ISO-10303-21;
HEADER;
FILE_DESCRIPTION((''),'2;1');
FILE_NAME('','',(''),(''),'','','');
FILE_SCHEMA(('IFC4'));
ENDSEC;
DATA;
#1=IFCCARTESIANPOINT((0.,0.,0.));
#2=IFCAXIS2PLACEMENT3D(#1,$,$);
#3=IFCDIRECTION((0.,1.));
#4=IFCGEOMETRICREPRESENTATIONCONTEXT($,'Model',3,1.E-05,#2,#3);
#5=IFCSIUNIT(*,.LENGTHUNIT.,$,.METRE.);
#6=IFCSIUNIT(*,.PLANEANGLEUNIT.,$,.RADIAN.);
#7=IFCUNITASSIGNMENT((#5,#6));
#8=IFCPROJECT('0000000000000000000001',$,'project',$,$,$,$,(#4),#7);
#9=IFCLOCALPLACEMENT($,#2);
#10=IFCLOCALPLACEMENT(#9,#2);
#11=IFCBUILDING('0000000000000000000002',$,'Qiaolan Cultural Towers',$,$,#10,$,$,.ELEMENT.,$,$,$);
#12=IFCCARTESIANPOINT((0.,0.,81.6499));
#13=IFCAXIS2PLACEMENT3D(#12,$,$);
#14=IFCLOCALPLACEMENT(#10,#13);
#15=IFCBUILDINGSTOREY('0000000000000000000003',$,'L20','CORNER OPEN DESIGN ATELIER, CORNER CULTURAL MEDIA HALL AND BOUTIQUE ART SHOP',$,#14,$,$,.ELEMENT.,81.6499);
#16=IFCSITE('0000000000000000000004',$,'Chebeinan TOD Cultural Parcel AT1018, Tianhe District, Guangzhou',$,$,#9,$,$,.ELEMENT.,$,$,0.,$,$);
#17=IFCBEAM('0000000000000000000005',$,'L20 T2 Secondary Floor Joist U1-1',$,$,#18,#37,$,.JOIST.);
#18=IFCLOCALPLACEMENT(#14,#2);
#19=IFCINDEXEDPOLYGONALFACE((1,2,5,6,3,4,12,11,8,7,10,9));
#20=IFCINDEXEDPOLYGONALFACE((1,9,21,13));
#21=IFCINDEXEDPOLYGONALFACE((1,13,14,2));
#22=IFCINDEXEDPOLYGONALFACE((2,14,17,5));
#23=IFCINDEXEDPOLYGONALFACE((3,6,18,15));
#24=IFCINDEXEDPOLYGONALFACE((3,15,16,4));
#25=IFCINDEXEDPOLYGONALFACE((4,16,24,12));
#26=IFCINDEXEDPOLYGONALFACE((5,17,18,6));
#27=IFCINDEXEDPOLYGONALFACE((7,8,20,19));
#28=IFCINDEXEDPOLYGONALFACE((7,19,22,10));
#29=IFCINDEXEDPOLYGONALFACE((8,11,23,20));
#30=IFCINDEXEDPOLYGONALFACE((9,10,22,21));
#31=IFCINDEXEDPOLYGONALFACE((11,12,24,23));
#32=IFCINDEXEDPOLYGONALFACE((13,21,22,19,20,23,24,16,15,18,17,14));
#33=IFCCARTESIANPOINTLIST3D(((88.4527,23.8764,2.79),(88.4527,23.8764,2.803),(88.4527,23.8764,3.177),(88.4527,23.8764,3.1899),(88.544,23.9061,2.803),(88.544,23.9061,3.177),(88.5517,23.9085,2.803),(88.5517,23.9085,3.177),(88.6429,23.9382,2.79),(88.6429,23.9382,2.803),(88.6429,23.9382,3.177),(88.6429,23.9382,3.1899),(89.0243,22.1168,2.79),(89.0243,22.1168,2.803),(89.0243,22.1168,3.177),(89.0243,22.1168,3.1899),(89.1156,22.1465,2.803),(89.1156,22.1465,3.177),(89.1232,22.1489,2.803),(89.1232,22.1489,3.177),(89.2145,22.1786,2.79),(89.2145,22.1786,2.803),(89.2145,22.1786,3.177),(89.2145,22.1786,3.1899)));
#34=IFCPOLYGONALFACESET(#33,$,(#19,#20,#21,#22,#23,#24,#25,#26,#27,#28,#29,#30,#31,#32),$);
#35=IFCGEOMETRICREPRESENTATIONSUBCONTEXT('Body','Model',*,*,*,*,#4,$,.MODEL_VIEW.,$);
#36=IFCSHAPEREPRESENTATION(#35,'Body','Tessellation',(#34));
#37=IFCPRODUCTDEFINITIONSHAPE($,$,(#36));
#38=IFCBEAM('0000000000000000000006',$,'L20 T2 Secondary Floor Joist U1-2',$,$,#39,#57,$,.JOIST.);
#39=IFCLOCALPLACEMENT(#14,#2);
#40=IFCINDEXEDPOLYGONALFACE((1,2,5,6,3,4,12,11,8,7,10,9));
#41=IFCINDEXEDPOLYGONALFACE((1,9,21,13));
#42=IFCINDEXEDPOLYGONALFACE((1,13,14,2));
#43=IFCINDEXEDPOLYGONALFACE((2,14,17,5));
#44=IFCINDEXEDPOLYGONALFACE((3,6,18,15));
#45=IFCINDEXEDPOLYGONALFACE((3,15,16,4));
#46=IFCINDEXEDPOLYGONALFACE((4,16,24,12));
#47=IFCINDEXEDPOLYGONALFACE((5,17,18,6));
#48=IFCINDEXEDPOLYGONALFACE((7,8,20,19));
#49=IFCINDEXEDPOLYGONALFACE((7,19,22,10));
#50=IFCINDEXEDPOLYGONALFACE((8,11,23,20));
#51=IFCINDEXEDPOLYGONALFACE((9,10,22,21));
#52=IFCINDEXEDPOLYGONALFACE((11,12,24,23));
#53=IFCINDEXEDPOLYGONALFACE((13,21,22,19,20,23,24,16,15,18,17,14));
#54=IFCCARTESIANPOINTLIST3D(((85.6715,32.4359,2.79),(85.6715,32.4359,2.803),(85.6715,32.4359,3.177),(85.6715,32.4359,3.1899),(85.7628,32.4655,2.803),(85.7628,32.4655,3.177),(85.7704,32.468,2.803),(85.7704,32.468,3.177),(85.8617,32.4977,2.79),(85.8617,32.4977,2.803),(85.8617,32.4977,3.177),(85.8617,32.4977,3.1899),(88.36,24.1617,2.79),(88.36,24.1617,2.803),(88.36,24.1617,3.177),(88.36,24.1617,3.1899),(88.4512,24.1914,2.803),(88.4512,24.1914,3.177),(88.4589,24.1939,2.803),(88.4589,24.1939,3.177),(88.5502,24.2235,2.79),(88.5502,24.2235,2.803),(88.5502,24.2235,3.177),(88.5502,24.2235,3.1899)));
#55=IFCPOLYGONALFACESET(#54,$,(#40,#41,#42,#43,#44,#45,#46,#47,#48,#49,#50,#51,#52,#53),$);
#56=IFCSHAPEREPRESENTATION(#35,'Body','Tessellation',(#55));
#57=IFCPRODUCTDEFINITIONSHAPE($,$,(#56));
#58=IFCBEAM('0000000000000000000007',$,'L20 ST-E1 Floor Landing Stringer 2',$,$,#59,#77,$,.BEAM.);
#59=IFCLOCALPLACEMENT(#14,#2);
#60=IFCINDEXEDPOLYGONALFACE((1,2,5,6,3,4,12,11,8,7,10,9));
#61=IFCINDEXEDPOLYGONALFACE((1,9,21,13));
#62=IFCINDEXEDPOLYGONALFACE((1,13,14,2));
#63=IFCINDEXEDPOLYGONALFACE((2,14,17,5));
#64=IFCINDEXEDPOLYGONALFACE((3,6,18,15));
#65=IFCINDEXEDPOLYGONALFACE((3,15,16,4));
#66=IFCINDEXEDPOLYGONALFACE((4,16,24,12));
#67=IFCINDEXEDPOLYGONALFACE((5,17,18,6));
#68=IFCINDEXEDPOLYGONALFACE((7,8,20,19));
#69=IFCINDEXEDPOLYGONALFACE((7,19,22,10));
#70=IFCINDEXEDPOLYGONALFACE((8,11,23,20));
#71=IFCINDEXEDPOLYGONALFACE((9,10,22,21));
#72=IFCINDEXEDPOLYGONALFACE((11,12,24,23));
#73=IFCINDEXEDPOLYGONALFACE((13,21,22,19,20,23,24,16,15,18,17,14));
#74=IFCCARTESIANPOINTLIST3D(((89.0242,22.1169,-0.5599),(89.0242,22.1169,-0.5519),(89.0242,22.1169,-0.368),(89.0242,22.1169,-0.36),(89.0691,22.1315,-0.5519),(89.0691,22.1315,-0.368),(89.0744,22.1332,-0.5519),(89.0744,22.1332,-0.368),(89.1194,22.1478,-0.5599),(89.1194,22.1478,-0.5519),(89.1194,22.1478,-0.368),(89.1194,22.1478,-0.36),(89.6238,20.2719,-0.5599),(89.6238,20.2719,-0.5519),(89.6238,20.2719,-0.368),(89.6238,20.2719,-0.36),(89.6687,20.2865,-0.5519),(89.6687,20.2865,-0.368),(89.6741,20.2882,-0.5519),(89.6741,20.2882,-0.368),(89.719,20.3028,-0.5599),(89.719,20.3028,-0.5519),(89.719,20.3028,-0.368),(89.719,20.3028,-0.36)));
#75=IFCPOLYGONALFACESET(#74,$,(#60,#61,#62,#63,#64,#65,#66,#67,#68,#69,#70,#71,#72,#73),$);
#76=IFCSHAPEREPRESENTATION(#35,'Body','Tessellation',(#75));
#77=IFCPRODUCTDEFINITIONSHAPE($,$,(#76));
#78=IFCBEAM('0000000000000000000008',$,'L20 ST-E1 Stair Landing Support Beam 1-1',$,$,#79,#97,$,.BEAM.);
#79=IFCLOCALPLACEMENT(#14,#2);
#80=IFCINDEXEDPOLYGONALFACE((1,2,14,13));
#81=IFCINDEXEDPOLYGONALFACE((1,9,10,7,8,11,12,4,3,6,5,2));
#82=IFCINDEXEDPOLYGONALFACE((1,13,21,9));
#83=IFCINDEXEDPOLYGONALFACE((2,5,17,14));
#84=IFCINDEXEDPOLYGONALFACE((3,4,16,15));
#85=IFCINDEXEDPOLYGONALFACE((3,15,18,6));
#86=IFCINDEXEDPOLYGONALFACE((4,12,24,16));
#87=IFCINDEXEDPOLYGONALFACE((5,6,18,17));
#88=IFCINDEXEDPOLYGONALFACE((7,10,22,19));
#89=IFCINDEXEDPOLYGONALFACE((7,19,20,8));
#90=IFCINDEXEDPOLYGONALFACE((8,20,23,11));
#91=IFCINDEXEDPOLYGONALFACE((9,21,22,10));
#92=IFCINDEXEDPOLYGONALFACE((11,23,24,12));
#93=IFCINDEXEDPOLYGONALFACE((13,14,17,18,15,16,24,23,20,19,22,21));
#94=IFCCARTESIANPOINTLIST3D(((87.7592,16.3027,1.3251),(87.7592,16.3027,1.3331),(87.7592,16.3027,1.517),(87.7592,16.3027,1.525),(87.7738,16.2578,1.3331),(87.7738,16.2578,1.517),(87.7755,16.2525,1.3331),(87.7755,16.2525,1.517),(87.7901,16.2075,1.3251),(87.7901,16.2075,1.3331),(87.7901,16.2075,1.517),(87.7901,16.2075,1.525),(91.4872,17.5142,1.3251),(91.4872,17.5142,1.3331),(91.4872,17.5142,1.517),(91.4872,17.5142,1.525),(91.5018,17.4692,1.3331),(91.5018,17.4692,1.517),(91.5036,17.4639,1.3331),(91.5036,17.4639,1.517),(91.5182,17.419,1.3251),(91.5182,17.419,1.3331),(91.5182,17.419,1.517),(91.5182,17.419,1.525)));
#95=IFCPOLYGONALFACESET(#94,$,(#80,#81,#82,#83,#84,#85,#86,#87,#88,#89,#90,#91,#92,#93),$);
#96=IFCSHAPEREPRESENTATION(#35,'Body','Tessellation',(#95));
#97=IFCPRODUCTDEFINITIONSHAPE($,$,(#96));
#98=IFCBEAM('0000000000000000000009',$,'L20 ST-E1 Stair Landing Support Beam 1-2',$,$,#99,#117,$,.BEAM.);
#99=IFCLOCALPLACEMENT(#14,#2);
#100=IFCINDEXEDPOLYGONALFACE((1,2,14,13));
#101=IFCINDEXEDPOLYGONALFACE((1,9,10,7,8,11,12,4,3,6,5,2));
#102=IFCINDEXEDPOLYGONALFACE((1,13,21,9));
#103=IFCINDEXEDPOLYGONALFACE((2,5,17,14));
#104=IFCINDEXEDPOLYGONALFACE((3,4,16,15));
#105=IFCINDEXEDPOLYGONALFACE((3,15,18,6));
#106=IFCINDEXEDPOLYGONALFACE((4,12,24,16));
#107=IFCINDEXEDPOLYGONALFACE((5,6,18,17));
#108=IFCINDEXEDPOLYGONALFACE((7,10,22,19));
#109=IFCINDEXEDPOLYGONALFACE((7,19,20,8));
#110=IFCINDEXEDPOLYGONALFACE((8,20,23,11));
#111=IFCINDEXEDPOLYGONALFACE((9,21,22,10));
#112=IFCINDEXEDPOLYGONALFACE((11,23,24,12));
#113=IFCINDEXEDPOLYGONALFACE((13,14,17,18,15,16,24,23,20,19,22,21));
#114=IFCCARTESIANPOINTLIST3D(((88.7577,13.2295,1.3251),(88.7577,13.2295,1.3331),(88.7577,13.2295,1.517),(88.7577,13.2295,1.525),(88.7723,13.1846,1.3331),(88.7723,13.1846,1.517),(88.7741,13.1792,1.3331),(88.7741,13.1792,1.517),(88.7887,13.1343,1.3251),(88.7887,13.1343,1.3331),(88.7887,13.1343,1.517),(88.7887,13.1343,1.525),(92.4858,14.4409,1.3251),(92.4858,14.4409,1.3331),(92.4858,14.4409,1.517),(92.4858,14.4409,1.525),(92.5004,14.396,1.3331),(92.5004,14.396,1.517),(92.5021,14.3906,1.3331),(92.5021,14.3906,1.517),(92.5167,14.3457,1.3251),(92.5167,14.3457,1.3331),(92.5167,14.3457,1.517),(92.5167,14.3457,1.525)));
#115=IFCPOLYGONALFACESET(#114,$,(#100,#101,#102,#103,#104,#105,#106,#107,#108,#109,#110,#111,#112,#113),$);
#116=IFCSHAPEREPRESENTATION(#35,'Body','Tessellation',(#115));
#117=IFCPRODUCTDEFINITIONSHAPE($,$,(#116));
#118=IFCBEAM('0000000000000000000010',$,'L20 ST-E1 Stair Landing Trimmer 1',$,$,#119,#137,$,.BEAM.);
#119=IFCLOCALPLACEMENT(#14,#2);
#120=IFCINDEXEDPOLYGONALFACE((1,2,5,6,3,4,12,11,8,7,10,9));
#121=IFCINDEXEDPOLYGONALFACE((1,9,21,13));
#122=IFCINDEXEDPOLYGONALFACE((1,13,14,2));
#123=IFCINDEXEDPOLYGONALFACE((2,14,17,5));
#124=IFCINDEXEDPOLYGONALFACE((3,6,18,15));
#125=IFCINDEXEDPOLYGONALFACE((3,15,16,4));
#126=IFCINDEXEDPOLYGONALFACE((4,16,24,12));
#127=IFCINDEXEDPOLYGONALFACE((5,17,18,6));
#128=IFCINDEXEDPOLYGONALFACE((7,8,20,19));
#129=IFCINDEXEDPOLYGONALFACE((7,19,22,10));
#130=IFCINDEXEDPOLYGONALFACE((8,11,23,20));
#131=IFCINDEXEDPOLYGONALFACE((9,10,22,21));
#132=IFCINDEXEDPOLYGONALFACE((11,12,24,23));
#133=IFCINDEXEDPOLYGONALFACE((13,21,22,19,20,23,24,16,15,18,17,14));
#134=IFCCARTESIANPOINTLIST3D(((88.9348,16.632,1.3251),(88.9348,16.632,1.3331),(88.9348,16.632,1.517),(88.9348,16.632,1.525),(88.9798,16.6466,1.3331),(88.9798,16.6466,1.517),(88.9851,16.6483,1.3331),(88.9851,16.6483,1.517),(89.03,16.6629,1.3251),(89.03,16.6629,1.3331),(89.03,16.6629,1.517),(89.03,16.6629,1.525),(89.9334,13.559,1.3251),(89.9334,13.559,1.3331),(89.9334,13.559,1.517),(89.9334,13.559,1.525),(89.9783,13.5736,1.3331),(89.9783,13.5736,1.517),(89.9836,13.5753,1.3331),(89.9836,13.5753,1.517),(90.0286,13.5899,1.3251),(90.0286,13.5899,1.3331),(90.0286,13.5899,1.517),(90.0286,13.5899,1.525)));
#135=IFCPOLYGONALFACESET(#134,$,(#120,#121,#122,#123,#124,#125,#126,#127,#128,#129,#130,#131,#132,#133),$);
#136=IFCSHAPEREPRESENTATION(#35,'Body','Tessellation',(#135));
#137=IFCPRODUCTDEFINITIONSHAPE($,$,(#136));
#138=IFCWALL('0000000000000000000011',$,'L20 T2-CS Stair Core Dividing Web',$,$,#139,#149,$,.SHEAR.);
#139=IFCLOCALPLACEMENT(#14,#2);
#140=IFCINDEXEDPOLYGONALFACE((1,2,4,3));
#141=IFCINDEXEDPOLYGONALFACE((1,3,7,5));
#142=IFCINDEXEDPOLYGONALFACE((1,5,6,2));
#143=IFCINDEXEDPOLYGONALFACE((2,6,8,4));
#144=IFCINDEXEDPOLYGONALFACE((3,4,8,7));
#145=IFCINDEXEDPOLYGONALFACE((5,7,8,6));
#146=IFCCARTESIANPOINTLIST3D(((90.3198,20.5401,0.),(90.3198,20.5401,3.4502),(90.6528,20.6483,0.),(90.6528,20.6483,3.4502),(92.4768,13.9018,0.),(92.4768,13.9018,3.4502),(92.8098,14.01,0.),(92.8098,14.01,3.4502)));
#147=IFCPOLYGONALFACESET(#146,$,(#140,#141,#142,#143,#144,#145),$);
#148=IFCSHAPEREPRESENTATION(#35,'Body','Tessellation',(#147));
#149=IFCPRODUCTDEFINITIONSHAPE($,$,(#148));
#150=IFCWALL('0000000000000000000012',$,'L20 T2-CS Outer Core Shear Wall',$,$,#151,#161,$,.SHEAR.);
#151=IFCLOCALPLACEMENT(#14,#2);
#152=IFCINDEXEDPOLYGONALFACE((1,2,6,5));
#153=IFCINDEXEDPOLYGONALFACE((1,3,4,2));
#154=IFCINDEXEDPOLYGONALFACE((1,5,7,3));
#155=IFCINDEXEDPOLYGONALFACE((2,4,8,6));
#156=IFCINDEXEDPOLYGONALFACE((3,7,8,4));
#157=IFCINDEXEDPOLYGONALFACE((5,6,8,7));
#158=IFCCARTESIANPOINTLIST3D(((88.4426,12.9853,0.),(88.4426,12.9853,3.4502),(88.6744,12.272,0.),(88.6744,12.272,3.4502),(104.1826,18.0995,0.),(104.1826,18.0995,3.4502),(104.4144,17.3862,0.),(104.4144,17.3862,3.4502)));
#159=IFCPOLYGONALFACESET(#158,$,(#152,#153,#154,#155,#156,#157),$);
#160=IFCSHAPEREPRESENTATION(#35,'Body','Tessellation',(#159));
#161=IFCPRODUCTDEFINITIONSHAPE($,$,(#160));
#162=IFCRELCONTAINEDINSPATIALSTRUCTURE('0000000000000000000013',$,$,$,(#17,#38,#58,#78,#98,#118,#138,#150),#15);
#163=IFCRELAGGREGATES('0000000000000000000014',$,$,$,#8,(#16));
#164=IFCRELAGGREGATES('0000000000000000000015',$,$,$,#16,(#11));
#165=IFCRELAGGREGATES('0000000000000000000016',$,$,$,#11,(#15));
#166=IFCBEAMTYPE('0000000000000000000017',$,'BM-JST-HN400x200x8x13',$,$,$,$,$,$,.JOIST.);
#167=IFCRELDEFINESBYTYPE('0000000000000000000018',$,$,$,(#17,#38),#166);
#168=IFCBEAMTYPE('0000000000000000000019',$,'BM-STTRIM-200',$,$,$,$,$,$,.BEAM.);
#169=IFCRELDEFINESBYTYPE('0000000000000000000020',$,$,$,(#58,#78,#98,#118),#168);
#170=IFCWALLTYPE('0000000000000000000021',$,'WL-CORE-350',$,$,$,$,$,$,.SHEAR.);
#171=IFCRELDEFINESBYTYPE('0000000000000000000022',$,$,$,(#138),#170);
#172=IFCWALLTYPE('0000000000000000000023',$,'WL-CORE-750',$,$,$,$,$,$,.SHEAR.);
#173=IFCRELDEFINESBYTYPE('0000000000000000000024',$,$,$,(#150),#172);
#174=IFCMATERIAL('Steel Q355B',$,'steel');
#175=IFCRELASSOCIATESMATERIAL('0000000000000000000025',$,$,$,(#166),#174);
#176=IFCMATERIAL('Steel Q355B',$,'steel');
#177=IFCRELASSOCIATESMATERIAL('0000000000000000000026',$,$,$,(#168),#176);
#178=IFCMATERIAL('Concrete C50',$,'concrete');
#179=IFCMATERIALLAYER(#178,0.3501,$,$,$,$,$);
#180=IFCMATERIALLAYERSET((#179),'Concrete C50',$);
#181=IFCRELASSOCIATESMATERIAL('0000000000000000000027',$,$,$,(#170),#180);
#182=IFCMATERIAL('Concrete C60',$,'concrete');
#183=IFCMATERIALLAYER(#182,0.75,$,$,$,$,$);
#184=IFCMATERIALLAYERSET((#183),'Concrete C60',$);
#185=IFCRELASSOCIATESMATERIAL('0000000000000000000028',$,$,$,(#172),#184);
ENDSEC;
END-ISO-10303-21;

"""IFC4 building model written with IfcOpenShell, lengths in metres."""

from ifc_helpers import new_model, si_unit, direction, frame, frame_2d, origin, origin_2d, place, context, subcontext, project, spatial, rectangle, i_section, extrude, material, layer, layer_set, material_profile, profile_set, type_object, element, save


model = new_model("IFC4")

# Units and contexts
model_context = context("Model", 3, precision=1e-05, world=origin(), true_north=direction((0.0, 1.0)))
body_context = subcontext(model_context, "Body", "Model", "MODEL_VIEW")
ifc_project = project(units=[si_unit("LENGTHUNIT", "METRE"), si_unit("PLANEANGLEUNIT", "RADIAN")], contexts=[model_context])

# Site, building, storey
site_placement = place(None, origin())
site = spatial("IfcSite", under=ifc_project, at=site_placement, Name="Chebeinan TOD Cultural Parcel AT1018, Tianhe District, Guangzhou", CompositionType="ELEMENT", RefElevation=0.0)
building_placement = place(site_placement, origin())
building = spatial("IfcBuilding", under=site, at=building_placement, Name="Qiaolan Cultural Towers", CompositionType="ELEMENT")
storey_placement = place(building_placement, frame((0.0, 0.0, 81.6499)))
storey = spatial("IfcBuildingStorey", under=building, at=storey_placement, Name="L20", Description="CORNER OPEN DESIGN ATELIER, CORNER CULTURAL MEDIA HALL AND BOUTIQUE ART SHOP", CompositionType="ELEMENT", Elevation=81.6499)

# Beams
ifc_material_1 = material(Name="Steel Q355B", Category="steel")
ifc_material_profile_1 = material_profile(ifc_material_1, i_section(OverallWidth=0.2, OverallDepth=0.3999, WebThickness=0.0081, FlangeThickness=0.0129, at=origin_2d()), Name="HN400x200x8x13")
ifc_profile_set_1 = profile_set([ifc_material_profile_1], Name="Steel Q355B")
beam_type_1 = type_object("IfcBeamType", Name="BM-JST-HN400x200x8x13", PredefinedType="JOIST", material=ifc_profile_set_1)
beam_1_placement = place(storey_placement, frame((89.1194, 22.1477, 2.99), z_axis=(-0.308934, 0.951084, 0.0), x_axis=(-0.951084, -0.308934, 0.0)))
element("IfcBeam", 1, at=beam_1_placement, inside=storey, type_object=beam_type_1, Name="L20 T2 Secondary Floor Joist U1-1", PredefinedType="JOIST", context=body_context, shape_type="SweptSolid", body=[
    extrude(i_section(OverallWidth=0.2, OverallDepth=0.3999, WebThickness=0.0081, FlangeThickness=0.0129, at=origin_2d()), origin(), (0.0, 0.0, 1.0), 1.8501),
])
beam_2_placement = place(storey_placement, frame((88.4551, 24.1926, 2.99), z_axis=(-0.309021, 0.951055, 0.0), x_axis=(-0.951055, -0.309021, 0.0)))
element("IfcBeam", 2, at=beam_2_placement, inside=storey, type_object=beam_type_1, Name="L20 T2 Secondary Floor Joist U1-2", PredefinedType="JOIST", context=body_context, shape_type="SweptSolid", body=[
    extrude(i_section(OverallWidth=0.2, OverallDepth=0.3999, WebThickness=0.0081, FlangeThickness=0.0129, at=origin_2d()), origin(), (0.0, 0.0, 1.0), 8.7),
])
ifc_material_2 = material(Name="Steel Q355B", Category="steel")
ifc_material_profile_2 = material_profile(ifc_material_2, i_section(OverallWidth=0.1001, OverallDepth=0.2, WebThickness=0.0056, FlangeThickness=0.0081, at=origin_2d()), Name="HN200x100x5.5x8")
ifc_profile_set_2 = profile_set([ifc_material_profile_2], Name="Steel Q355B")
beam_type_2 = type_object("IfcBeamType", Name="BM-STTRIM-200", PredefinedType="BEAM", material=ifc_profile_set_2)
beam_3_placement = place(storey_placement, frame((89.0718, 22.1323, -0.46), z_axis=(0.309083, -0.951035, 0.0), x_axis=(0.951035, 0.309083, 0.0)))
element("IfcBeam", 3, at=beam_3_placement, inside=storey, type_object=beam_type_2, Name="L20 ST-E1 Floor Landing Stringer 2", PredefinedType="BEAM", context=body_context, shape_type="SweptSolid", body=[
    extrude(i_section(OverallWidth=0.1001, OverallDepth=0.2, WebThickness=0.0056, FlangeThickness=0.0081, at=origin_2d()), origin(), (0.0, 0.0, 1.0), 1.9399),
])
for number, where, z_axis, x_axis, name in (
    (4, (87.7747, 16.2551, 1.425), (0.951048, 0.309044, 0.0), (-0.309044, 0.951048, 0.0), "L20 ST-E1 Stair Landing Support Beam 1-1"),
    (5, (88.7732, 13.1819, 1.425), (0.951048, 0.309044, 0.0), (-0.309044, 0.951048, 0.0), "L20 ST-E1 Stair Landing Support Beam 1-2"),
):
    element("IfcBeam", number, at=place(storey_placement, frame(where, z_axis=z_axis, x_axis=x_axis)), inside=storey, type_object=beam_type_2, Name=name, PredefinedType="BEAM", context=body_context, shape_type="SweptSolid", body=[
        extrude(i_section(OverallWidth=0.1001, OverallDepth=0.2, WebThickness=0.0056, FlangeThickness=0.0081, at=origin_2d()), origin(), (0.0, 0.0, 1.0), 3.9199),
    ])
beam_4_placement = place(storey_placement, frame((88.9824, 16.6475, 1.425), z_axis=(0.309033, -0.951051, 0.0), x_axis=(0.951051, 0.309033, 0.0)))
element("IfcBeam", 6, at=beam_4_placement, inside=storey, type_object=beam_type_2, Name="L20 ST-E1 Stair Landing Trimmer 1", PredefinedType="BEAM", context=body_context, shape_type="SweptSolid", body=[
    extrude(i_section(OverallWidth=0.1001, OverallDepth=0.2, WebThickness=0.0056, FlangeThickness=0.0081, at=origin_2d()), origin(), (0.0, 0.0, 1.0), 3.2312),
])

# Walls
ifc_material_3 = material(Name="Concrete C50", Category="concrete")
ifc_layer_1 = layer(ifc_material_3, 0.3501)
ifc_layer_set_1 = layer_set([ifc_layer_1], Name="Concrete C50")
wall_type_1 = type_object("IfcWallType", Name="WL-CORE-350", PredefinedType="SHEAR", material=ifc_layer_set_1)
wall_1_placement = place(storey_placement, frame((90.4863, 20.5942, 0.0), z_axis=(0.0, 0.0, 1.0), x_axis=(0.30902, -0.951055, 0.0)))
element("IfcWall", 7, at=wall_1_placement, inside=storey, type_object=wall_type_1, Name="L20 T2-CS Stair Core Dividing Web", PredefinedType="SHEAR", context=body_context, shape_type="SweptSolid", body=[
    extrude(rectangle(XDim=6.98, YDim=0.3501, at=frame_2d((3.49, 0.0))), origin(), (0.0, 0.0, 1.0), 3.4502),
])
ifc_material_4 = material(Name="Concrete C60", Category="concrete")
ifc_layer_2 = layer(ifc_material_4, 0.75)
ifc_layer_set_2 = layer_set([ifc_layer_2], Name="Concrete C60")
wall_type_2 = type_object("IfcWallType", Name="WL-CORE-750", PredefinedType="SHEAR", material=ifc_layer_set_2)
wall_2_placement = place(storey_placement, frame((88.5586, 12.6287, 0.0), z_axis=(0.0, 0.0, 1.0), x_axis=(0.951056, 0.309018, 0.0)))
element("IfcWall", 8, at=wall_2_placement, inside=storey, type_object=wall_type_2, Name="L20 T2-CS Outer Core Shear Wall", PredefinedType="SHEAR", context=body_context, shape_type="SweptSolid", body=[
    extrude(rectangle(XDim=16.55, YDim=0.75, at=frame_2d((8.2749, 0.0))), origin(), (0.0, 0.0, 1.0), 3.4502),
])

save(model, "model.ifc")
